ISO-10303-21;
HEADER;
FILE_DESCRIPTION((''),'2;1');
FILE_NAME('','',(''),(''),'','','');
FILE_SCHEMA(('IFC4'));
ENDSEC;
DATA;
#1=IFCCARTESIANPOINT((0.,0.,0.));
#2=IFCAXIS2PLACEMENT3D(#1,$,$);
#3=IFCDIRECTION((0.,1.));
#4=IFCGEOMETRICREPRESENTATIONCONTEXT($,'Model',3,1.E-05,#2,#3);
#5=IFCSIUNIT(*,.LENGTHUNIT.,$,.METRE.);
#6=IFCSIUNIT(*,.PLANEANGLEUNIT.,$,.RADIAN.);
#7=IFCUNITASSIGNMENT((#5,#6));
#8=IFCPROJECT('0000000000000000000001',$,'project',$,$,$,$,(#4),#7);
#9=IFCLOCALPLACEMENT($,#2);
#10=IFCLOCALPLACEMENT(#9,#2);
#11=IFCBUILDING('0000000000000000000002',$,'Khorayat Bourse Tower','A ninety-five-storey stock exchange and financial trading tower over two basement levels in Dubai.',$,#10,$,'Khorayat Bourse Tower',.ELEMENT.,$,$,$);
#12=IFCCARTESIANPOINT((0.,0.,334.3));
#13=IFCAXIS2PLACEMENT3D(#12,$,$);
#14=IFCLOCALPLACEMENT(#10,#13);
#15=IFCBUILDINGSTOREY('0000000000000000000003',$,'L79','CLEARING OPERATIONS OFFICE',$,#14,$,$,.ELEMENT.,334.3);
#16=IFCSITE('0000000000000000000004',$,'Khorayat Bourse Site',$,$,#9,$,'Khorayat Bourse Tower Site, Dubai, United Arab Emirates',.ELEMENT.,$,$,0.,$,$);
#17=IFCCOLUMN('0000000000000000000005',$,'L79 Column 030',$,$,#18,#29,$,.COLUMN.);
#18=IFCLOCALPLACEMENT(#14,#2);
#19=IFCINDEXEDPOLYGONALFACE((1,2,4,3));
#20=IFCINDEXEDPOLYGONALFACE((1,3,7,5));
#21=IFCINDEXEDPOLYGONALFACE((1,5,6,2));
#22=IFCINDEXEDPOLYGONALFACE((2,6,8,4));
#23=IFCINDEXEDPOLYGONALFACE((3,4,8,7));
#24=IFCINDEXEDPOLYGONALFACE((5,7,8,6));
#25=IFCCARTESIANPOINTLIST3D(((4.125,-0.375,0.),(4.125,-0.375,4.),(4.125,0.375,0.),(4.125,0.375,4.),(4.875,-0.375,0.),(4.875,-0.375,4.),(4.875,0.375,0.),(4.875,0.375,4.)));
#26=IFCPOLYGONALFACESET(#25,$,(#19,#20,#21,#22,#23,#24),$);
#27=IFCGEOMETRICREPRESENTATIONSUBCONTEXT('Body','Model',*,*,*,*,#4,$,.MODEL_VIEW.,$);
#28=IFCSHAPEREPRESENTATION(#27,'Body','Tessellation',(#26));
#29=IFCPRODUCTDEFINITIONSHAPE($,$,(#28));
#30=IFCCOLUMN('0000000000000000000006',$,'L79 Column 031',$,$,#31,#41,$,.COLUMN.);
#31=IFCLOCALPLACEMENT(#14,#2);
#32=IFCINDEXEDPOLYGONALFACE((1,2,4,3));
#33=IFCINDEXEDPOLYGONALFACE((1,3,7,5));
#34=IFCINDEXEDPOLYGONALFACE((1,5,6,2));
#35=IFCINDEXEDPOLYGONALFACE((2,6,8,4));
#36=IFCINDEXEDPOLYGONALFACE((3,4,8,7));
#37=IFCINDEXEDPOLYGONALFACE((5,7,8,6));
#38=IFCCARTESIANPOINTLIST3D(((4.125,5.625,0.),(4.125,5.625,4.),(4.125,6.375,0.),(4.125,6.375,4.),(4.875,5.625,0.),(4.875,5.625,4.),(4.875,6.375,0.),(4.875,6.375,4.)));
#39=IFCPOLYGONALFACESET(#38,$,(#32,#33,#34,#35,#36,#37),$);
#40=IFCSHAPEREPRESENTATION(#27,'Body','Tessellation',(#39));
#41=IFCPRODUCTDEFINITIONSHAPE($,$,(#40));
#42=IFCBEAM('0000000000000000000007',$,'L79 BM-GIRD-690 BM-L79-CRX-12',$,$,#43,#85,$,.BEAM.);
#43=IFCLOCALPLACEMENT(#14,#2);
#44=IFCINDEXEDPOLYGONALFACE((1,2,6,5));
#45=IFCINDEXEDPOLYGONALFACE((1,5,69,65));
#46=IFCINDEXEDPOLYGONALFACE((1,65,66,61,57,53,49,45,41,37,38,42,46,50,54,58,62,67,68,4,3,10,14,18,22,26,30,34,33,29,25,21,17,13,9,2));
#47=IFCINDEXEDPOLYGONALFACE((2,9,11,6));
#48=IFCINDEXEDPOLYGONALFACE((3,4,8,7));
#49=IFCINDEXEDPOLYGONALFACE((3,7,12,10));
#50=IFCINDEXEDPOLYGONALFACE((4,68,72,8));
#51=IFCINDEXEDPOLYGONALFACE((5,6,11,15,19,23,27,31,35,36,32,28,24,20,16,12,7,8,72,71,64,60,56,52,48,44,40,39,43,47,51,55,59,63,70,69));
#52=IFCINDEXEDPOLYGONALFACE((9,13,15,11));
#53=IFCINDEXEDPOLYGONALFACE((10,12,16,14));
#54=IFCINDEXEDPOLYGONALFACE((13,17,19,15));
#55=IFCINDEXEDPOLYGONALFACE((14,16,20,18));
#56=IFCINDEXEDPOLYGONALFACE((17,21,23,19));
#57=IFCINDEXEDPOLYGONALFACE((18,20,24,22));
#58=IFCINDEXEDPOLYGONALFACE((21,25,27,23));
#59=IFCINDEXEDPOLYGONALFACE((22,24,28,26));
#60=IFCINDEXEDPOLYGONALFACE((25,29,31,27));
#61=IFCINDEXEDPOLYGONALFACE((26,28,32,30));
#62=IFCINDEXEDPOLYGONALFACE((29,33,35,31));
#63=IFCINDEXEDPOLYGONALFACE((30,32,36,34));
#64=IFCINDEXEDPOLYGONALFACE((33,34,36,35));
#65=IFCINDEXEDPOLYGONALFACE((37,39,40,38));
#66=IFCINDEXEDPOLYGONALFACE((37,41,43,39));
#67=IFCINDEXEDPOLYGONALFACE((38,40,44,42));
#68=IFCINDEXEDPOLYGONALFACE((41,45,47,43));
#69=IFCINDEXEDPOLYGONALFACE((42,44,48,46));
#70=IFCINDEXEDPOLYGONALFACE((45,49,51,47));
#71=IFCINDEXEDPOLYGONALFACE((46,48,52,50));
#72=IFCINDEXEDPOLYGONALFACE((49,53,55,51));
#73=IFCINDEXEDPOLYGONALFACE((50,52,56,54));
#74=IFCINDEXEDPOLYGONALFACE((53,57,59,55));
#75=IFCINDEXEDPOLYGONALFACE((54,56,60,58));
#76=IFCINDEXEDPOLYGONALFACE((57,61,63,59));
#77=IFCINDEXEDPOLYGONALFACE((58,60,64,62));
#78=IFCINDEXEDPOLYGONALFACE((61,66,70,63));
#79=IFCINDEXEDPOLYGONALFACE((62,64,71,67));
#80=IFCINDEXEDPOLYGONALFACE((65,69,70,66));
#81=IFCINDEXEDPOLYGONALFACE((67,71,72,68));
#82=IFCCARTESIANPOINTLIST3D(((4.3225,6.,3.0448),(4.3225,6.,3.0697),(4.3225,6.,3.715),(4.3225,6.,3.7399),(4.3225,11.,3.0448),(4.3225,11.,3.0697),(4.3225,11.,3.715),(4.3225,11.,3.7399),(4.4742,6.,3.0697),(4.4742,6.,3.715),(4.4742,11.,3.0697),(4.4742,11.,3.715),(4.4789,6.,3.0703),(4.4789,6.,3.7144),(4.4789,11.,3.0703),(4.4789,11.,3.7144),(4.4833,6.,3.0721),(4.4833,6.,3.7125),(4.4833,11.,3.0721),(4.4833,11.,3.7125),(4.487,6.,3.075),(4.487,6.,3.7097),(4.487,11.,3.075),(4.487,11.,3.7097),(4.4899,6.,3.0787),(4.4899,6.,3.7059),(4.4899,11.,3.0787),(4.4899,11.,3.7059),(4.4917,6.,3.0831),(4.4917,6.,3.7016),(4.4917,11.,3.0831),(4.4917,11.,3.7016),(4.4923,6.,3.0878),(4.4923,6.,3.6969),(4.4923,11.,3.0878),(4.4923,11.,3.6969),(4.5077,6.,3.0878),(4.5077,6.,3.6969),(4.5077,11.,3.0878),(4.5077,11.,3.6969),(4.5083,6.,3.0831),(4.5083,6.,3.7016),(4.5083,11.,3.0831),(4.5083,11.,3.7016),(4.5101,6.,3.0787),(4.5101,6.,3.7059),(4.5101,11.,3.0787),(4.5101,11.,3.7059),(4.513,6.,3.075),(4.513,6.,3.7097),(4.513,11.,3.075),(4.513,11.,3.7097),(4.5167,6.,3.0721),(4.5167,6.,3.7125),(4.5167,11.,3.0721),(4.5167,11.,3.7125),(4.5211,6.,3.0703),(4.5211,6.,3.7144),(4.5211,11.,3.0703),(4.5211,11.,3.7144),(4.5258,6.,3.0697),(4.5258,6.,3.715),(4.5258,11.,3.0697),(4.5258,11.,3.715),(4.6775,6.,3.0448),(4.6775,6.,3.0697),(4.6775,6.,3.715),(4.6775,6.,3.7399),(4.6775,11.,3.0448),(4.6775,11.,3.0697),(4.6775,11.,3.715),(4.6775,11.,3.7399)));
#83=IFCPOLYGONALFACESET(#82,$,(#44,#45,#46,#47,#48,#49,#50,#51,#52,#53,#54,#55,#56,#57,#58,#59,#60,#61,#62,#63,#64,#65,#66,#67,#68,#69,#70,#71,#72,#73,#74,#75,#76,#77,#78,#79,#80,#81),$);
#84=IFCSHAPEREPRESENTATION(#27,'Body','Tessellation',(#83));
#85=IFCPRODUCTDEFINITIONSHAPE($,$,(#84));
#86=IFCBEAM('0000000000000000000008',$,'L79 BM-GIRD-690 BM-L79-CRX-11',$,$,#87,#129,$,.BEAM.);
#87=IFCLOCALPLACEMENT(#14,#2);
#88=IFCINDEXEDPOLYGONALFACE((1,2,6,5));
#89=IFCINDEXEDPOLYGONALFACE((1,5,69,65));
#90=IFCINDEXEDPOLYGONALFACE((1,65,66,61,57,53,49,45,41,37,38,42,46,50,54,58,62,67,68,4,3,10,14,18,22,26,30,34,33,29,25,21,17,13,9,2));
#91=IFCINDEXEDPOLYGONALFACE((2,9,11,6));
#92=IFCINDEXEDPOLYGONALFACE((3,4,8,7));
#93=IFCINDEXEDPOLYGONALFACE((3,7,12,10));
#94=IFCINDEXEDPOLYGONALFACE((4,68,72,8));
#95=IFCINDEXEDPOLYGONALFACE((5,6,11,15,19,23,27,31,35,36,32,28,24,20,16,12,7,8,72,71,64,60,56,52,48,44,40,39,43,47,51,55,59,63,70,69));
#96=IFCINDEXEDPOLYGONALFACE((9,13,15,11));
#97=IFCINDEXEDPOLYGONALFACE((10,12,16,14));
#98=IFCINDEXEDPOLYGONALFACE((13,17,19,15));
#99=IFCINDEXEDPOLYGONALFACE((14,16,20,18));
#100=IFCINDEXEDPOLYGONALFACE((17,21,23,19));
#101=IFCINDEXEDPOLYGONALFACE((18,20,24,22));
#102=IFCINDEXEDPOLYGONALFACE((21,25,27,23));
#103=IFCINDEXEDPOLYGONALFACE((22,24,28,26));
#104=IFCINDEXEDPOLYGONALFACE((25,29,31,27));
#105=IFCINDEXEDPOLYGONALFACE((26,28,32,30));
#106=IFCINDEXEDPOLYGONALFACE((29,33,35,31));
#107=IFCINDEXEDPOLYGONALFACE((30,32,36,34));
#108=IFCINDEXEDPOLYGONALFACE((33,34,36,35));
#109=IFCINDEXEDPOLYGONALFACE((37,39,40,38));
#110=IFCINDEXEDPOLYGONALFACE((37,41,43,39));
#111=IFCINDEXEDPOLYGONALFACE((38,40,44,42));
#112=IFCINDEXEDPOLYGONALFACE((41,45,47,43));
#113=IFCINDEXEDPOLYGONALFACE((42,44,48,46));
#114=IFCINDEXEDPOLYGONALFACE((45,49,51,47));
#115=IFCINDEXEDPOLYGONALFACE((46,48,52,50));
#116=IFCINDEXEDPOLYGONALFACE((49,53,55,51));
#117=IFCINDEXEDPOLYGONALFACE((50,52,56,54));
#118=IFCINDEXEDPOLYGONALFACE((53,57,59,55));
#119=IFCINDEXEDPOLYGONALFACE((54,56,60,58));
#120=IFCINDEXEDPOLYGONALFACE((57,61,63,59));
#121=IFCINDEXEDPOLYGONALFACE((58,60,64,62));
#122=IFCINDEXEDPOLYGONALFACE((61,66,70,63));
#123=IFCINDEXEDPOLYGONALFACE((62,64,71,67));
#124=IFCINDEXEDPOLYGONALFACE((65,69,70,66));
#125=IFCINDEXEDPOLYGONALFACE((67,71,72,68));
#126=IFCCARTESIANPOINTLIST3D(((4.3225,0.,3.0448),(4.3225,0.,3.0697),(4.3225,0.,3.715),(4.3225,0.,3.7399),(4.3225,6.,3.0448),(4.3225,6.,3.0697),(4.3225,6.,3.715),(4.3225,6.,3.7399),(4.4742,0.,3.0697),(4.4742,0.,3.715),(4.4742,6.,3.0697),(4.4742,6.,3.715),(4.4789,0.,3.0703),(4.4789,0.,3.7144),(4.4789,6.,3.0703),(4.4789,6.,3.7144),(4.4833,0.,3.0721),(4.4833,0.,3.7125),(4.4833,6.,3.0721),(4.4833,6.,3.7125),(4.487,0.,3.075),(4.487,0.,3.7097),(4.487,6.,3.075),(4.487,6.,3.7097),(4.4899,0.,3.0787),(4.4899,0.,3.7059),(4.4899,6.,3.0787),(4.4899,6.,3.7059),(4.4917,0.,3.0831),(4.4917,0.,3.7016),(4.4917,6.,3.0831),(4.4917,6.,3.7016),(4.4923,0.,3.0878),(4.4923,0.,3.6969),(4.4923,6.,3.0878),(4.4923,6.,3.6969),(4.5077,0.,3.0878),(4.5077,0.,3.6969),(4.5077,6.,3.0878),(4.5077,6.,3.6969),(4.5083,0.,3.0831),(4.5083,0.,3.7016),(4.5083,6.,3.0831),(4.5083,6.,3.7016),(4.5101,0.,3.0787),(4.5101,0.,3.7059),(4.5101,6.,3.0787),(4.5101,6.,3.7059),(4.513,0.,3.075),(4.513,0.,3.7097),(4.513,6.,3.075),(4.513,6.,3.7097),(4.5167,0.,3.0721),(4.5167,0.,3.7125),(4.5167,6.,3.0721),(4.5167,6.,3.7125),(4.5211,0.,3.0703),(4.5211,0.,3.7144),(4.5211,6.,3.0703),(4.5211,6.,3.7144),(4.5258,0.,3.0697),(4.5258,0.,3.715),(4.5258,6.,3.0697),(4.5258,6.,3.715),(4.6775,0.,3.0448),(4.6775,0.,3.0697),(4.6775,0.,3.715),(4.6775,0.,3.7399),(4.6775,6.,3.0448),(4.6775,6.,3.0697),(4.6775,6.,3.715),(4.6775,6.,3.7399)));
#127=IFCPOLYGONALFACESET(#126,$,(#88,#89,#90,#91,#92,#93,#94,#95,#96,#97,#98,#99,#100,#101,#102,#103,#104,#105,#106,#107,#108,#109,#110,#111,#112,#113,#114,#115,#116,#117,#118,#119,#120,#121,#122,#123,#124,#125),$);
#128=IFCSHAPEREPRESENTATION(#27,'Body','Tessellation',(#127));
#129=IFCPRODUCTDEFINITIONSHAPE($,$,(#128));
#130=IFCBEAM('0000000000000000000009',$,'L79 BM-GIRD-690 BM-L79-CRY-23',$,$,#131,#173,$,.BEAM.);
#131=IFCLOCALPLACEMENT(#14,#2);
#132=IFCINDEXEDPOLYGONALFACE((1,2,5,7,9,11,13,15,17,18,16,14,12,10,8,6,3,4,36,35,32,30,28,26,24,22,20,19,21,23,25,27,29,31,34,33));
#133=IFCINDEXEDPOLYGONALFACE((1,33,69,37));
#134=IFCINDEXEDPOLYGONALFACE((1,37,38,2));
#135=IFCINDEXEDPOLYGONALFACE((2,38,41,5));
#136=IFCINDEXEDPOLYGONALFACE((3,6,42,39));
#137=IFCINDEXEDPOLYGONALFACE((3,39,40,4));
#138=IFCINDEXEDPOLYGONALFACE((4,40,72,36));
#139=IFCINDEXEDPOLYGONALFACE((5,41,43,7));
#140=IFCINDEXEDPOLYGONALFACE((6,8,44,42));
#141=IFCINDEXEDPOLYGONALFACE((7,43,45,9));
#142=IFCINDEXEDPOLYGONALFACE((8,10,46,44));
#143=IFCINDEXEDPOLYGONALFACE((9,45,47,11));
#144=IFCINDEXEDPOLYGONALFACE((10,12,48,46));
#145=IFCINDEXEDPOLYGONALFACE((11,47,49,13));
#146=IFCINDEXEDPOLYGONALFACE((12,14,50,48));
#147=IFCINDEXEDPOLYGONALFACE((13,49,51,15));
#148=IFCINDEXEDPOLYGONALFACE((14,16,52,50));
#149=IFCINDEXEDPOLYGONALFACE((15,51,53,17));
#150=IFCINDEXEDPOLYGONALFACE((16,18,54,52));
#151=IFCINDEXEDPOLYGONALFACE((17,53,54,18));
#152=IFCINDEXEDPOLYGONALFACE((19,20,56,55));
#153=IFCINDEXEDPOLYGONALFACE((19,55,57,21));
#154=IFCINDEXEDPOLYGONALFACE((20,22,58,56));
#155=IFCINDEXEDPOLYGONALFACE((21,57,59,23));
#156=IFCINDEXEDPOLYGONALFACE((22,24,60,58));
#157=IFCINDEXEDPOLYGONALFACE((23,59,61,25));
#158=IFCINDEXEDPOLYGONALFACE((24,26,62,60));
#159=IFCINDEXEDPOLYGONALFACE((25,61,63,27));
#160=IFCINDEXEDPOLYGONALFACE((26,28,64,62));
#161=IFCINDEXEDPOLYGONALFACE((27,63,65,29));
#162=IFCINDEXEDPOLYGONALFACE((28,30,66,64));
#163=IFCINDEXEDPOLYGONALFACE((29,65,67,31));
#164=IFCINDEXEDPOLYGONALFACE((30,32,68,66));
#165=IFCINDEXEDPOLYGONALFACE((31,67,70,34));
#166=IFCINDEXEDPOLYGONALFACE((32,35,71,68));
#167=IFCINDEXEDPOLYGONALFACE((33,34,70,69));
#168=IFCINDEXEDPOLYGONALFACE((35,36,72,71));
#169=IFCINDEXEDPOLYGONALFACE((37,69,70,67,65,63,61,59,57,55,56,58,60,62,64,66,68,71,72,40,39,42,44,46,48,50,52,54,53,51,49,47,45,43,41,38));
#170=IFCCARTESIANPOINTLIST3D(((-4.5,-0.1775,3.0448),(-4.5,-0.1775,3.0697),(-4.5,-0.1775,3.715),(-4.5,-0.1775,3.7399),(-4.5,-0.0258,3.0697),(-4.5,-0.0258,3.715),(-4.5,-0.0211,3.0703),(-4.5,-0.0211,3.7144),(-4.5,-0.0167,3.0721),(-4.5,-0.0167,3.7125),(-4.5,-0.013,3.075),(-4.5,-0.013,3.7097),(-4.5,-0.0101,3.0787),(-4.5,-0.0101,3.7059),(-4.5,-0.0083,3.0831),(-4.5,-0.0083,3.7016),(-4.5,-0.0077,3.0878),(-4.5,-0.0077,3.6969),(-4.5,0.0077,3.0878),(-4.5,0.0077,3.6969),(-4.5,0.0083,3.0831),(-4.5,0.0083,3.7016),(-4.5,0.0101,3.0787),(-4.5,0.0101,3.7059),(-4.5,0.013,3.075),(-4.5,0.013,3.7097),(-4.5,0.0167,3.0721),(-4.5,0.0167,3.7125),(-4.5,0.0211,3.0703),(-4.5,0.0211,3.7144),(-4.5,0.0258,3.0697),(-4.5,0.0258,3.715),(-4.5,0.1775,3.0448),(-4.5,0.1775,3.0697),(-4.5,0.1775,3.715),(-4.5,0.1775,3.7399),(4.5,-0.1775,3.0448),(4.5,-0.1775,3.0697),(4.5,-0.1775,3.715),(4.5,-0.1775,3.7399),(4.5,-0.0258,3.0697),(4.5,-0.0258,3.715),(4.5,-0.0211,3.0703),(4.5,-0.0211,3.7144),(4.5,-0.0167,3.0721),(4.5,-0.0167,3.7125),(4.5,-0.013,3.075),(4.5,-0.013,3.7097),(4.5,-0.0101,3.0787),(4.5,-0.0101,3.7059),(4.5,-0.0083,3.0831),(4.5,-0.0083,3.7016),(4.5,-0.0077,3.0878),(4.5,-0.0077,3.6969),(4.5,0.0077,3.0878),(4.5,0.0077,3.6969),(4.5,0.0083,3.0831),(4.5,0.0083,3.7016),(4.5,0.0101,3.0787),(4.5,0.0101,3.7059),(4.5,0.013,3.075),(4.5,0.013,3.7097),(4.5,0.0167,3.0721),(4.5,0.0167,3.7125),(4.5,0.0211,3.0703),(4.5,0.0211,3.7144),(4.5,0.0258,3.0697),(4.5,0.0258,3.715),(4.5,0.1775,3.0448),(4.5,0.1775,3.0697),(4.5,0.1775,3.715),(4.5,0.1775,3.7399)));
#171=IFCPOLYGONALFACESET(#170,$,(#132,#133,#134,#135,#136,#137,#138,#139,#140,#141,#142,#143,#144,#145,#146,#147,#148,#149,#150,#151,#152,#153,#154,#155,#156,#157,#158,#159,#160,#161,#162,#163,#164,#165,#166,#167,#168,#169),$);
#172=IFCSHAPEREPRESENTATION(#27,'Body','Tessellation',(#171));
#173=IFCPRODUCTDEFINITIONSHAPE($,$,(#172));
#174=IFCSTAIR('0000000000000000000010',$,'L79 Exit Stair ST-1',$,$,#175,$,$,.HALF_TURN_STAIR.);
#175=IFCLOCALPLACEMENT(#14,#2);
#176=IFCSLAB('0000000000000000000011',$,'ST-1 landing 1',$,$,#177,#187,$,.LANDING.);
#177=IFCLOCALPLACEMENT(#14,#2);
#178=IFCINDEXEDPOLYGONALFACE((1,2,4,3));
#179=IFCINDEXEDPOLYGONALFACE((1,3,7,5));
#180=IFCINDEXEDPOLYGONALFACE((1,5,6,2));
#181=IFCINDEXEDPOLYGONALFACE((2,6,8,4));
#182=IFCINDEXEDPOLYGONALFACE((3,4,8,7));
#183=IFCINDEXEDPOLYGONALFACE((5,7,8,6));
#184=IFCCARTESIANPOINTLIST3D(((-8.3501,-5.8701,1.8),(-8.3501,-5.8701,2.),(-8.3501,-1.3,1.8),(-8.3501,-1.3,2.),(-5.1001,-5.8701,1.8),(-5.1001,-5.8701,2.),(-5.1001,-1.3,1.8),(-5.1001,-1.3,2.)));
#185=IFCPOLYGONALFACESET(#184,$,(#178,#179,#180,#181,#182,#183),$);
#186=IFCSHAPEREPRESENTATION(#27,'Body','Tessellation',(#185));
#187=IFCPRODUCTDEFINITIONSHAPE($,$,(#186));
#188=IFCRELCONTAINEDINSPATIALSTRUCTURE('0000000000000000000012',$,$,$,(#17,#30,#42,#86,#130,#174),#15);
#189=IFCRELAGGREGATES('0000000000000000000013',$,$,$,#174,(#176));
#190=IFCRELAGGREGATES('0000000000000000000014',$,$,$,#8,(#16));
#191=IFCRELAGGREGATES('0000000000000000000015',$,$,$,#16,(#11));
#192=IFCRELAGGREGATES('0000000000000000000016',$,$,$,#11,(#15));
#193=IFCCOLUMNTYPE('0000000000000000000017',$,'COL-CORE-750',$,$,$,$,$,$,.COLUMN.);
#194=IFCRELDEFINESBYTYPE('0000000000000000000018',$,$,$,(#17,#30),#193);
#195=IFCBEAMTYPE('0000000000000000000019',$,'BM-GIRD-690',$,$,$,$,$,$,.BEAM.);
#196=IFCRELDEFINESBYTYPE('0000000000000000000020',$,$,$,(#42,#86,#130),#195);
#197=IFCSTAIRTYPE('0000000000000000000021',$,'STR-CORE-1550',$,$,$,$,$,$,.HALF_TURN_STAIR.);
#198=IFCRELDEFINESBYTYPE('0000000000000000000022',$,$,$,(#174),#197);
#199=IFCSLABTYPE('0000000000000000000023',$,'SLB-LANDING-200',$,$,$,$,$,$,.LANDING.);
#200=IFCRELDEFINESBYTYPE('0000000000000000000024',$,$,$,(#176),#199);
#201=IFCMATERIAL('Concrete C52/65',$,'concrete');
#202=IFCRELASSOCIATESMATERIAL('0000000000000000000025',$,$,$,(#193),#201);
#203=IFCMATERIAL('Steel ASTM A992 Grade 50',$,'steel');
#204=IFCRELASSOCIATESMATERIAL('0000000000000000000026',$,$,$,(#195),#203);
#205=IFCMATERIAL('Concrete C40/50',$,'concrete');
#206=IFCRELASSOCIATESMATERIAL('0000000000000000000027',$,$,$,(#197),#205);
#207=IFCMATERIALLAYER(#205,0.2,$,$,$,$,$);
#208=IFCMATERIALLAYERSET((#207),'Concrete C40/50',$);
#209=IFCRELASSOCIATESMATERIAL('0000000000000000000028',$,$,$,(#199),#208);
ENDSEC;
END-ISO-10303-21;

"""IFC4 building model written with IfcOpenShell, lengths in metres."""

from ifc_helpers import new_model, si_unit, direction, frame, origin, origin_2d, place, context, subcontext, project, spatial, polyline, rectangle, i_section, outline, extrude, source, transform, mapped, material, layer, layer_set, material_profile, profile_set, type_object, element, aggregate, save


model = new_model("IFC4")

# Units and contexts
model_context = context("Model", 3, precision=1e-05, world=origin(), true_north=direction((0.0, 1.0)))
body_context = subcontext(model_context, "Body", "Model", "MODEL_VIEW")
ifc_project = project(units=[si_unit("LENGTHUNIT", "METRE"), si_unit("PLANEANGLEUNIT", "RADIAN")], contexts=[model_context])

# Site, building, storey
site_placement = place(None, origin())
site = spatial("IfcSite", under=ifc_project, at=site_placement, Name="Khorayat Bourse Site", LongName="Khorayat Bourse Tower Site, Dubai, United Arab Emirates", CompositionType="ELEMENT", RefElevation=0.0)
building_placement = place(site_placement, origin())
building = spatial("IfcBuilding", under=site, at=building_placement, Name="Khorayat Bourse Tower", Description="A ninety-five-storey stock exchange and financial trading tower over two basement levels in Dubai.", LongName="Khorayat Bourse Tower", CompositionType="ELEMENT")
storey_placement = place(building_placement, frame((0.0, 0.0, 334.3)))
storey = spatial("IfcBuildingStorey", under=building, at=storey_placement, Name="L79", Description="CLEARING OPERATIONS OFFICE", CompositionType="ELEMENT", Elevation=334.3)

# Columns
ifc_material_1 = material(Name="Concrete C52/65", Category="concrete")
ifc_material_profile_1 = material_profile(ifc_material_1, rectangle(XDim=0.75, YDim=0.75, at=origin_2d()), Name="RC 750x750")
ifc_profile_set_1 = profile_set([ifc_material_profile_1], Name="Concrete C52/65")
column_type = type_object("IfcColumnType", Name="COL-CORE-750", PredefinedType="COLUMN", material=ifc_profile_set_1)
shared_shape_1 = source(origin(), body_context, "Body", "SweptSolid", [
    extrude(rectangle(XDim=0.75, YDim=0.75, at=origin_2d()), origin(), (0.0, 0.0, 1.0), 4.0),
])
for number, where, z_axis, x_axis, name in (
    (1, (4.5, 0.0, 0.0), (0.0, 0.0, 1.0), (1.0, 0.0, 0.0), "L79 Column 030"),
    (2, (4.5, 6.0, 0.0), (0.0, 0.0, 1.0), (1.0, 0.0, 0.0), "L79 Column 031"),
):
    element("IfcColumn", number, at=place(storey_placement, frame(where, z_axis=z_axis, x_axis=x_axis)), inside=storey, type_object=column_type, Name=name, PredefinedType="COLUMN", context=body_context, shape_type="MappedRepresentation", body=[
        mapped(shared_shape_1, transform((0.0, 0.0, 0.0), scale=1.0)),
    ])

# Beams
ifc_material_2 = material(Name="Steel ASTM A992 Grade 50", Category="steel")
ifc_material_profile_2 = material_profile(ifc_material_2, i_section(OverallWidth=0.355, OverallDepth=0.6951, WebThickness=0.0154, FlangeThickness=0.0249, FilletRadius=0.0181, at=origin_2d()), Name="W690X217")
ifc_profile_set_2 = profile_set([ifc_material_profile_2], Name="Steel ASTM A992 Grade 50")
beam_type = type_object("IfcBeamType", Name="BM-GIRD-690", PredefinedType="BEAM", material=ifc_profile_set_2)
shared_shape_2 = source(origin(), body_context, "Body", "SweptSolid", [
    extrude(i_section(OverallWidth=0.355, OverallDepth=0.6951, WebThickness=0.0154, FlangeThickness=0.0249, FilletRadius=0.0181, at=origin_2d()), origin(), (0.0, 0.0, 1.0), 5.0),
])
beam_1_placement = place(storey_placement, frame((4.5, 6.0, 3.3923), z_axis=(0.0, 1.0, 0.0), x_axis=(-1.0, 0.0, 0.0)))
element("IfcBeam", 3, at=beam_1_placement, inside=storey, type_object=beam_type, Name="L79 BM-GIRD-690 BM-L79-CRX-12", PredefinedType="BEAM", context=body_context, shape_type="MappedRepresentation", body=[
    mapped(shared_shape_2, transform((0.0, 0.0, 0.0), scale=1.0)),
])
shared_shape_3 = source(origin(), body_context, "Body", "SweptSolid", [
    extrude(i_section(OverallWidth=0.355, OverallDepth=0.6951, WebThickness=0.0154, FlangeThickness=0.0249, FilletRadius=0.0181, at=origin_2d()), origin(), (0.0, 0.0, 1.0), 6.0),
])
beam_2_placement = place(storey_placement, frame((4.5, 0.0, 3.3923), z_axis=(0.0, 1.0, 0.0), x_axis=(-1.0, 0.0, 0.0)))
element("IfcBeam", 4, at=beam_2_placement, inside=storey, type_object=beam_type, Name="L79 BM-GIRD-690 BM-L79-CRX-11", PredefinedType="BEAM", context=body_context, shape_type="MappedRepresentation", body=[
    mapped(shared_shape_3, transform((0.0, 0.0, 0.0), scale=1.0)),
])
shared_shape_4 = source(origin(), body_context, "Body", "SweptSolid", [
    extrude(i_section(OverallWidth=0.355, OverallDepth=0.6951, WebThickness=0.0154, FlangeThickness=0.0249, FilletRadius=0.0181, at=origin_2d()), origin(), (0.0, 0.0, 1.0), 9.0),
])
beam_3_placement = place(storey_placement, frame((-4.5, 0.0, 3.3923), z_axis=(1.0, 0.0, 0.0), x_axis=(0.0, 1.0, 0.0)))
element("IfcBeam", 5, at=beam_3_placement, inside=storey, type_object=beam_type, Name="L79 BM-GIRD-690 BM-L79-CRY-23", PredefinedType="BEAM", context=body_context, shape_type="MappedRepresentation", body=[
    mapped(shared_shape_4, transform((0.0, 0.0, 0.0), scale=1.0)),
])

# Stair, slab
ifc_material_3 = material(Name="Concrete C40/50", Category="concrete")
stair_type = type_object("IfcStairType", Name="STR-CORE-1550", PredefinedType="HALF_TURN_STAIR", material=ifc_material_3)
stair_1_placement = place(storey_placement, origin())
stair_1 = element("IfcStair", 6, at=stair_1_placement, inside=storey, type_object=stair_type, Name="L79 Exit Stair ST-1", PredefinedType="HALF_TURN_STAIR")
ifc_layer_1 = layer(ifc_material_3, 0.2)
ifc_layer_set_1 = layer_set([ifc_layer_1], Name="Concrete C40/50")
slab_type_1 = type_object("IfcSlabType", Name="SLB-LANDING-200", PredefinedType="LANDING", material=ifc_layer_set_1)
slab_1_placement = place(storey_placement, frame((0.0, 0.0, 1.8)))
slab_1 = element("IfcSlab", 7, at=slab_1_placement, type_object=slab_type_1, Name="ST-1 landing 1", PredefinedType="LANDING", context=body_context, shape_type="SweptSolid", body=[
    extrude(outline(polyline([(-5.1001, -5.8701), (-5.1001, -1.3), (-8.3501, -1.3), (-8.3501, -5.8701), (-5.1001, -5.8701)])), origin(), (0.0, 0.0, 1.0), 0.2),
])
aggregate(stair_1, [slab_1])

save(model, "model.ifc")
